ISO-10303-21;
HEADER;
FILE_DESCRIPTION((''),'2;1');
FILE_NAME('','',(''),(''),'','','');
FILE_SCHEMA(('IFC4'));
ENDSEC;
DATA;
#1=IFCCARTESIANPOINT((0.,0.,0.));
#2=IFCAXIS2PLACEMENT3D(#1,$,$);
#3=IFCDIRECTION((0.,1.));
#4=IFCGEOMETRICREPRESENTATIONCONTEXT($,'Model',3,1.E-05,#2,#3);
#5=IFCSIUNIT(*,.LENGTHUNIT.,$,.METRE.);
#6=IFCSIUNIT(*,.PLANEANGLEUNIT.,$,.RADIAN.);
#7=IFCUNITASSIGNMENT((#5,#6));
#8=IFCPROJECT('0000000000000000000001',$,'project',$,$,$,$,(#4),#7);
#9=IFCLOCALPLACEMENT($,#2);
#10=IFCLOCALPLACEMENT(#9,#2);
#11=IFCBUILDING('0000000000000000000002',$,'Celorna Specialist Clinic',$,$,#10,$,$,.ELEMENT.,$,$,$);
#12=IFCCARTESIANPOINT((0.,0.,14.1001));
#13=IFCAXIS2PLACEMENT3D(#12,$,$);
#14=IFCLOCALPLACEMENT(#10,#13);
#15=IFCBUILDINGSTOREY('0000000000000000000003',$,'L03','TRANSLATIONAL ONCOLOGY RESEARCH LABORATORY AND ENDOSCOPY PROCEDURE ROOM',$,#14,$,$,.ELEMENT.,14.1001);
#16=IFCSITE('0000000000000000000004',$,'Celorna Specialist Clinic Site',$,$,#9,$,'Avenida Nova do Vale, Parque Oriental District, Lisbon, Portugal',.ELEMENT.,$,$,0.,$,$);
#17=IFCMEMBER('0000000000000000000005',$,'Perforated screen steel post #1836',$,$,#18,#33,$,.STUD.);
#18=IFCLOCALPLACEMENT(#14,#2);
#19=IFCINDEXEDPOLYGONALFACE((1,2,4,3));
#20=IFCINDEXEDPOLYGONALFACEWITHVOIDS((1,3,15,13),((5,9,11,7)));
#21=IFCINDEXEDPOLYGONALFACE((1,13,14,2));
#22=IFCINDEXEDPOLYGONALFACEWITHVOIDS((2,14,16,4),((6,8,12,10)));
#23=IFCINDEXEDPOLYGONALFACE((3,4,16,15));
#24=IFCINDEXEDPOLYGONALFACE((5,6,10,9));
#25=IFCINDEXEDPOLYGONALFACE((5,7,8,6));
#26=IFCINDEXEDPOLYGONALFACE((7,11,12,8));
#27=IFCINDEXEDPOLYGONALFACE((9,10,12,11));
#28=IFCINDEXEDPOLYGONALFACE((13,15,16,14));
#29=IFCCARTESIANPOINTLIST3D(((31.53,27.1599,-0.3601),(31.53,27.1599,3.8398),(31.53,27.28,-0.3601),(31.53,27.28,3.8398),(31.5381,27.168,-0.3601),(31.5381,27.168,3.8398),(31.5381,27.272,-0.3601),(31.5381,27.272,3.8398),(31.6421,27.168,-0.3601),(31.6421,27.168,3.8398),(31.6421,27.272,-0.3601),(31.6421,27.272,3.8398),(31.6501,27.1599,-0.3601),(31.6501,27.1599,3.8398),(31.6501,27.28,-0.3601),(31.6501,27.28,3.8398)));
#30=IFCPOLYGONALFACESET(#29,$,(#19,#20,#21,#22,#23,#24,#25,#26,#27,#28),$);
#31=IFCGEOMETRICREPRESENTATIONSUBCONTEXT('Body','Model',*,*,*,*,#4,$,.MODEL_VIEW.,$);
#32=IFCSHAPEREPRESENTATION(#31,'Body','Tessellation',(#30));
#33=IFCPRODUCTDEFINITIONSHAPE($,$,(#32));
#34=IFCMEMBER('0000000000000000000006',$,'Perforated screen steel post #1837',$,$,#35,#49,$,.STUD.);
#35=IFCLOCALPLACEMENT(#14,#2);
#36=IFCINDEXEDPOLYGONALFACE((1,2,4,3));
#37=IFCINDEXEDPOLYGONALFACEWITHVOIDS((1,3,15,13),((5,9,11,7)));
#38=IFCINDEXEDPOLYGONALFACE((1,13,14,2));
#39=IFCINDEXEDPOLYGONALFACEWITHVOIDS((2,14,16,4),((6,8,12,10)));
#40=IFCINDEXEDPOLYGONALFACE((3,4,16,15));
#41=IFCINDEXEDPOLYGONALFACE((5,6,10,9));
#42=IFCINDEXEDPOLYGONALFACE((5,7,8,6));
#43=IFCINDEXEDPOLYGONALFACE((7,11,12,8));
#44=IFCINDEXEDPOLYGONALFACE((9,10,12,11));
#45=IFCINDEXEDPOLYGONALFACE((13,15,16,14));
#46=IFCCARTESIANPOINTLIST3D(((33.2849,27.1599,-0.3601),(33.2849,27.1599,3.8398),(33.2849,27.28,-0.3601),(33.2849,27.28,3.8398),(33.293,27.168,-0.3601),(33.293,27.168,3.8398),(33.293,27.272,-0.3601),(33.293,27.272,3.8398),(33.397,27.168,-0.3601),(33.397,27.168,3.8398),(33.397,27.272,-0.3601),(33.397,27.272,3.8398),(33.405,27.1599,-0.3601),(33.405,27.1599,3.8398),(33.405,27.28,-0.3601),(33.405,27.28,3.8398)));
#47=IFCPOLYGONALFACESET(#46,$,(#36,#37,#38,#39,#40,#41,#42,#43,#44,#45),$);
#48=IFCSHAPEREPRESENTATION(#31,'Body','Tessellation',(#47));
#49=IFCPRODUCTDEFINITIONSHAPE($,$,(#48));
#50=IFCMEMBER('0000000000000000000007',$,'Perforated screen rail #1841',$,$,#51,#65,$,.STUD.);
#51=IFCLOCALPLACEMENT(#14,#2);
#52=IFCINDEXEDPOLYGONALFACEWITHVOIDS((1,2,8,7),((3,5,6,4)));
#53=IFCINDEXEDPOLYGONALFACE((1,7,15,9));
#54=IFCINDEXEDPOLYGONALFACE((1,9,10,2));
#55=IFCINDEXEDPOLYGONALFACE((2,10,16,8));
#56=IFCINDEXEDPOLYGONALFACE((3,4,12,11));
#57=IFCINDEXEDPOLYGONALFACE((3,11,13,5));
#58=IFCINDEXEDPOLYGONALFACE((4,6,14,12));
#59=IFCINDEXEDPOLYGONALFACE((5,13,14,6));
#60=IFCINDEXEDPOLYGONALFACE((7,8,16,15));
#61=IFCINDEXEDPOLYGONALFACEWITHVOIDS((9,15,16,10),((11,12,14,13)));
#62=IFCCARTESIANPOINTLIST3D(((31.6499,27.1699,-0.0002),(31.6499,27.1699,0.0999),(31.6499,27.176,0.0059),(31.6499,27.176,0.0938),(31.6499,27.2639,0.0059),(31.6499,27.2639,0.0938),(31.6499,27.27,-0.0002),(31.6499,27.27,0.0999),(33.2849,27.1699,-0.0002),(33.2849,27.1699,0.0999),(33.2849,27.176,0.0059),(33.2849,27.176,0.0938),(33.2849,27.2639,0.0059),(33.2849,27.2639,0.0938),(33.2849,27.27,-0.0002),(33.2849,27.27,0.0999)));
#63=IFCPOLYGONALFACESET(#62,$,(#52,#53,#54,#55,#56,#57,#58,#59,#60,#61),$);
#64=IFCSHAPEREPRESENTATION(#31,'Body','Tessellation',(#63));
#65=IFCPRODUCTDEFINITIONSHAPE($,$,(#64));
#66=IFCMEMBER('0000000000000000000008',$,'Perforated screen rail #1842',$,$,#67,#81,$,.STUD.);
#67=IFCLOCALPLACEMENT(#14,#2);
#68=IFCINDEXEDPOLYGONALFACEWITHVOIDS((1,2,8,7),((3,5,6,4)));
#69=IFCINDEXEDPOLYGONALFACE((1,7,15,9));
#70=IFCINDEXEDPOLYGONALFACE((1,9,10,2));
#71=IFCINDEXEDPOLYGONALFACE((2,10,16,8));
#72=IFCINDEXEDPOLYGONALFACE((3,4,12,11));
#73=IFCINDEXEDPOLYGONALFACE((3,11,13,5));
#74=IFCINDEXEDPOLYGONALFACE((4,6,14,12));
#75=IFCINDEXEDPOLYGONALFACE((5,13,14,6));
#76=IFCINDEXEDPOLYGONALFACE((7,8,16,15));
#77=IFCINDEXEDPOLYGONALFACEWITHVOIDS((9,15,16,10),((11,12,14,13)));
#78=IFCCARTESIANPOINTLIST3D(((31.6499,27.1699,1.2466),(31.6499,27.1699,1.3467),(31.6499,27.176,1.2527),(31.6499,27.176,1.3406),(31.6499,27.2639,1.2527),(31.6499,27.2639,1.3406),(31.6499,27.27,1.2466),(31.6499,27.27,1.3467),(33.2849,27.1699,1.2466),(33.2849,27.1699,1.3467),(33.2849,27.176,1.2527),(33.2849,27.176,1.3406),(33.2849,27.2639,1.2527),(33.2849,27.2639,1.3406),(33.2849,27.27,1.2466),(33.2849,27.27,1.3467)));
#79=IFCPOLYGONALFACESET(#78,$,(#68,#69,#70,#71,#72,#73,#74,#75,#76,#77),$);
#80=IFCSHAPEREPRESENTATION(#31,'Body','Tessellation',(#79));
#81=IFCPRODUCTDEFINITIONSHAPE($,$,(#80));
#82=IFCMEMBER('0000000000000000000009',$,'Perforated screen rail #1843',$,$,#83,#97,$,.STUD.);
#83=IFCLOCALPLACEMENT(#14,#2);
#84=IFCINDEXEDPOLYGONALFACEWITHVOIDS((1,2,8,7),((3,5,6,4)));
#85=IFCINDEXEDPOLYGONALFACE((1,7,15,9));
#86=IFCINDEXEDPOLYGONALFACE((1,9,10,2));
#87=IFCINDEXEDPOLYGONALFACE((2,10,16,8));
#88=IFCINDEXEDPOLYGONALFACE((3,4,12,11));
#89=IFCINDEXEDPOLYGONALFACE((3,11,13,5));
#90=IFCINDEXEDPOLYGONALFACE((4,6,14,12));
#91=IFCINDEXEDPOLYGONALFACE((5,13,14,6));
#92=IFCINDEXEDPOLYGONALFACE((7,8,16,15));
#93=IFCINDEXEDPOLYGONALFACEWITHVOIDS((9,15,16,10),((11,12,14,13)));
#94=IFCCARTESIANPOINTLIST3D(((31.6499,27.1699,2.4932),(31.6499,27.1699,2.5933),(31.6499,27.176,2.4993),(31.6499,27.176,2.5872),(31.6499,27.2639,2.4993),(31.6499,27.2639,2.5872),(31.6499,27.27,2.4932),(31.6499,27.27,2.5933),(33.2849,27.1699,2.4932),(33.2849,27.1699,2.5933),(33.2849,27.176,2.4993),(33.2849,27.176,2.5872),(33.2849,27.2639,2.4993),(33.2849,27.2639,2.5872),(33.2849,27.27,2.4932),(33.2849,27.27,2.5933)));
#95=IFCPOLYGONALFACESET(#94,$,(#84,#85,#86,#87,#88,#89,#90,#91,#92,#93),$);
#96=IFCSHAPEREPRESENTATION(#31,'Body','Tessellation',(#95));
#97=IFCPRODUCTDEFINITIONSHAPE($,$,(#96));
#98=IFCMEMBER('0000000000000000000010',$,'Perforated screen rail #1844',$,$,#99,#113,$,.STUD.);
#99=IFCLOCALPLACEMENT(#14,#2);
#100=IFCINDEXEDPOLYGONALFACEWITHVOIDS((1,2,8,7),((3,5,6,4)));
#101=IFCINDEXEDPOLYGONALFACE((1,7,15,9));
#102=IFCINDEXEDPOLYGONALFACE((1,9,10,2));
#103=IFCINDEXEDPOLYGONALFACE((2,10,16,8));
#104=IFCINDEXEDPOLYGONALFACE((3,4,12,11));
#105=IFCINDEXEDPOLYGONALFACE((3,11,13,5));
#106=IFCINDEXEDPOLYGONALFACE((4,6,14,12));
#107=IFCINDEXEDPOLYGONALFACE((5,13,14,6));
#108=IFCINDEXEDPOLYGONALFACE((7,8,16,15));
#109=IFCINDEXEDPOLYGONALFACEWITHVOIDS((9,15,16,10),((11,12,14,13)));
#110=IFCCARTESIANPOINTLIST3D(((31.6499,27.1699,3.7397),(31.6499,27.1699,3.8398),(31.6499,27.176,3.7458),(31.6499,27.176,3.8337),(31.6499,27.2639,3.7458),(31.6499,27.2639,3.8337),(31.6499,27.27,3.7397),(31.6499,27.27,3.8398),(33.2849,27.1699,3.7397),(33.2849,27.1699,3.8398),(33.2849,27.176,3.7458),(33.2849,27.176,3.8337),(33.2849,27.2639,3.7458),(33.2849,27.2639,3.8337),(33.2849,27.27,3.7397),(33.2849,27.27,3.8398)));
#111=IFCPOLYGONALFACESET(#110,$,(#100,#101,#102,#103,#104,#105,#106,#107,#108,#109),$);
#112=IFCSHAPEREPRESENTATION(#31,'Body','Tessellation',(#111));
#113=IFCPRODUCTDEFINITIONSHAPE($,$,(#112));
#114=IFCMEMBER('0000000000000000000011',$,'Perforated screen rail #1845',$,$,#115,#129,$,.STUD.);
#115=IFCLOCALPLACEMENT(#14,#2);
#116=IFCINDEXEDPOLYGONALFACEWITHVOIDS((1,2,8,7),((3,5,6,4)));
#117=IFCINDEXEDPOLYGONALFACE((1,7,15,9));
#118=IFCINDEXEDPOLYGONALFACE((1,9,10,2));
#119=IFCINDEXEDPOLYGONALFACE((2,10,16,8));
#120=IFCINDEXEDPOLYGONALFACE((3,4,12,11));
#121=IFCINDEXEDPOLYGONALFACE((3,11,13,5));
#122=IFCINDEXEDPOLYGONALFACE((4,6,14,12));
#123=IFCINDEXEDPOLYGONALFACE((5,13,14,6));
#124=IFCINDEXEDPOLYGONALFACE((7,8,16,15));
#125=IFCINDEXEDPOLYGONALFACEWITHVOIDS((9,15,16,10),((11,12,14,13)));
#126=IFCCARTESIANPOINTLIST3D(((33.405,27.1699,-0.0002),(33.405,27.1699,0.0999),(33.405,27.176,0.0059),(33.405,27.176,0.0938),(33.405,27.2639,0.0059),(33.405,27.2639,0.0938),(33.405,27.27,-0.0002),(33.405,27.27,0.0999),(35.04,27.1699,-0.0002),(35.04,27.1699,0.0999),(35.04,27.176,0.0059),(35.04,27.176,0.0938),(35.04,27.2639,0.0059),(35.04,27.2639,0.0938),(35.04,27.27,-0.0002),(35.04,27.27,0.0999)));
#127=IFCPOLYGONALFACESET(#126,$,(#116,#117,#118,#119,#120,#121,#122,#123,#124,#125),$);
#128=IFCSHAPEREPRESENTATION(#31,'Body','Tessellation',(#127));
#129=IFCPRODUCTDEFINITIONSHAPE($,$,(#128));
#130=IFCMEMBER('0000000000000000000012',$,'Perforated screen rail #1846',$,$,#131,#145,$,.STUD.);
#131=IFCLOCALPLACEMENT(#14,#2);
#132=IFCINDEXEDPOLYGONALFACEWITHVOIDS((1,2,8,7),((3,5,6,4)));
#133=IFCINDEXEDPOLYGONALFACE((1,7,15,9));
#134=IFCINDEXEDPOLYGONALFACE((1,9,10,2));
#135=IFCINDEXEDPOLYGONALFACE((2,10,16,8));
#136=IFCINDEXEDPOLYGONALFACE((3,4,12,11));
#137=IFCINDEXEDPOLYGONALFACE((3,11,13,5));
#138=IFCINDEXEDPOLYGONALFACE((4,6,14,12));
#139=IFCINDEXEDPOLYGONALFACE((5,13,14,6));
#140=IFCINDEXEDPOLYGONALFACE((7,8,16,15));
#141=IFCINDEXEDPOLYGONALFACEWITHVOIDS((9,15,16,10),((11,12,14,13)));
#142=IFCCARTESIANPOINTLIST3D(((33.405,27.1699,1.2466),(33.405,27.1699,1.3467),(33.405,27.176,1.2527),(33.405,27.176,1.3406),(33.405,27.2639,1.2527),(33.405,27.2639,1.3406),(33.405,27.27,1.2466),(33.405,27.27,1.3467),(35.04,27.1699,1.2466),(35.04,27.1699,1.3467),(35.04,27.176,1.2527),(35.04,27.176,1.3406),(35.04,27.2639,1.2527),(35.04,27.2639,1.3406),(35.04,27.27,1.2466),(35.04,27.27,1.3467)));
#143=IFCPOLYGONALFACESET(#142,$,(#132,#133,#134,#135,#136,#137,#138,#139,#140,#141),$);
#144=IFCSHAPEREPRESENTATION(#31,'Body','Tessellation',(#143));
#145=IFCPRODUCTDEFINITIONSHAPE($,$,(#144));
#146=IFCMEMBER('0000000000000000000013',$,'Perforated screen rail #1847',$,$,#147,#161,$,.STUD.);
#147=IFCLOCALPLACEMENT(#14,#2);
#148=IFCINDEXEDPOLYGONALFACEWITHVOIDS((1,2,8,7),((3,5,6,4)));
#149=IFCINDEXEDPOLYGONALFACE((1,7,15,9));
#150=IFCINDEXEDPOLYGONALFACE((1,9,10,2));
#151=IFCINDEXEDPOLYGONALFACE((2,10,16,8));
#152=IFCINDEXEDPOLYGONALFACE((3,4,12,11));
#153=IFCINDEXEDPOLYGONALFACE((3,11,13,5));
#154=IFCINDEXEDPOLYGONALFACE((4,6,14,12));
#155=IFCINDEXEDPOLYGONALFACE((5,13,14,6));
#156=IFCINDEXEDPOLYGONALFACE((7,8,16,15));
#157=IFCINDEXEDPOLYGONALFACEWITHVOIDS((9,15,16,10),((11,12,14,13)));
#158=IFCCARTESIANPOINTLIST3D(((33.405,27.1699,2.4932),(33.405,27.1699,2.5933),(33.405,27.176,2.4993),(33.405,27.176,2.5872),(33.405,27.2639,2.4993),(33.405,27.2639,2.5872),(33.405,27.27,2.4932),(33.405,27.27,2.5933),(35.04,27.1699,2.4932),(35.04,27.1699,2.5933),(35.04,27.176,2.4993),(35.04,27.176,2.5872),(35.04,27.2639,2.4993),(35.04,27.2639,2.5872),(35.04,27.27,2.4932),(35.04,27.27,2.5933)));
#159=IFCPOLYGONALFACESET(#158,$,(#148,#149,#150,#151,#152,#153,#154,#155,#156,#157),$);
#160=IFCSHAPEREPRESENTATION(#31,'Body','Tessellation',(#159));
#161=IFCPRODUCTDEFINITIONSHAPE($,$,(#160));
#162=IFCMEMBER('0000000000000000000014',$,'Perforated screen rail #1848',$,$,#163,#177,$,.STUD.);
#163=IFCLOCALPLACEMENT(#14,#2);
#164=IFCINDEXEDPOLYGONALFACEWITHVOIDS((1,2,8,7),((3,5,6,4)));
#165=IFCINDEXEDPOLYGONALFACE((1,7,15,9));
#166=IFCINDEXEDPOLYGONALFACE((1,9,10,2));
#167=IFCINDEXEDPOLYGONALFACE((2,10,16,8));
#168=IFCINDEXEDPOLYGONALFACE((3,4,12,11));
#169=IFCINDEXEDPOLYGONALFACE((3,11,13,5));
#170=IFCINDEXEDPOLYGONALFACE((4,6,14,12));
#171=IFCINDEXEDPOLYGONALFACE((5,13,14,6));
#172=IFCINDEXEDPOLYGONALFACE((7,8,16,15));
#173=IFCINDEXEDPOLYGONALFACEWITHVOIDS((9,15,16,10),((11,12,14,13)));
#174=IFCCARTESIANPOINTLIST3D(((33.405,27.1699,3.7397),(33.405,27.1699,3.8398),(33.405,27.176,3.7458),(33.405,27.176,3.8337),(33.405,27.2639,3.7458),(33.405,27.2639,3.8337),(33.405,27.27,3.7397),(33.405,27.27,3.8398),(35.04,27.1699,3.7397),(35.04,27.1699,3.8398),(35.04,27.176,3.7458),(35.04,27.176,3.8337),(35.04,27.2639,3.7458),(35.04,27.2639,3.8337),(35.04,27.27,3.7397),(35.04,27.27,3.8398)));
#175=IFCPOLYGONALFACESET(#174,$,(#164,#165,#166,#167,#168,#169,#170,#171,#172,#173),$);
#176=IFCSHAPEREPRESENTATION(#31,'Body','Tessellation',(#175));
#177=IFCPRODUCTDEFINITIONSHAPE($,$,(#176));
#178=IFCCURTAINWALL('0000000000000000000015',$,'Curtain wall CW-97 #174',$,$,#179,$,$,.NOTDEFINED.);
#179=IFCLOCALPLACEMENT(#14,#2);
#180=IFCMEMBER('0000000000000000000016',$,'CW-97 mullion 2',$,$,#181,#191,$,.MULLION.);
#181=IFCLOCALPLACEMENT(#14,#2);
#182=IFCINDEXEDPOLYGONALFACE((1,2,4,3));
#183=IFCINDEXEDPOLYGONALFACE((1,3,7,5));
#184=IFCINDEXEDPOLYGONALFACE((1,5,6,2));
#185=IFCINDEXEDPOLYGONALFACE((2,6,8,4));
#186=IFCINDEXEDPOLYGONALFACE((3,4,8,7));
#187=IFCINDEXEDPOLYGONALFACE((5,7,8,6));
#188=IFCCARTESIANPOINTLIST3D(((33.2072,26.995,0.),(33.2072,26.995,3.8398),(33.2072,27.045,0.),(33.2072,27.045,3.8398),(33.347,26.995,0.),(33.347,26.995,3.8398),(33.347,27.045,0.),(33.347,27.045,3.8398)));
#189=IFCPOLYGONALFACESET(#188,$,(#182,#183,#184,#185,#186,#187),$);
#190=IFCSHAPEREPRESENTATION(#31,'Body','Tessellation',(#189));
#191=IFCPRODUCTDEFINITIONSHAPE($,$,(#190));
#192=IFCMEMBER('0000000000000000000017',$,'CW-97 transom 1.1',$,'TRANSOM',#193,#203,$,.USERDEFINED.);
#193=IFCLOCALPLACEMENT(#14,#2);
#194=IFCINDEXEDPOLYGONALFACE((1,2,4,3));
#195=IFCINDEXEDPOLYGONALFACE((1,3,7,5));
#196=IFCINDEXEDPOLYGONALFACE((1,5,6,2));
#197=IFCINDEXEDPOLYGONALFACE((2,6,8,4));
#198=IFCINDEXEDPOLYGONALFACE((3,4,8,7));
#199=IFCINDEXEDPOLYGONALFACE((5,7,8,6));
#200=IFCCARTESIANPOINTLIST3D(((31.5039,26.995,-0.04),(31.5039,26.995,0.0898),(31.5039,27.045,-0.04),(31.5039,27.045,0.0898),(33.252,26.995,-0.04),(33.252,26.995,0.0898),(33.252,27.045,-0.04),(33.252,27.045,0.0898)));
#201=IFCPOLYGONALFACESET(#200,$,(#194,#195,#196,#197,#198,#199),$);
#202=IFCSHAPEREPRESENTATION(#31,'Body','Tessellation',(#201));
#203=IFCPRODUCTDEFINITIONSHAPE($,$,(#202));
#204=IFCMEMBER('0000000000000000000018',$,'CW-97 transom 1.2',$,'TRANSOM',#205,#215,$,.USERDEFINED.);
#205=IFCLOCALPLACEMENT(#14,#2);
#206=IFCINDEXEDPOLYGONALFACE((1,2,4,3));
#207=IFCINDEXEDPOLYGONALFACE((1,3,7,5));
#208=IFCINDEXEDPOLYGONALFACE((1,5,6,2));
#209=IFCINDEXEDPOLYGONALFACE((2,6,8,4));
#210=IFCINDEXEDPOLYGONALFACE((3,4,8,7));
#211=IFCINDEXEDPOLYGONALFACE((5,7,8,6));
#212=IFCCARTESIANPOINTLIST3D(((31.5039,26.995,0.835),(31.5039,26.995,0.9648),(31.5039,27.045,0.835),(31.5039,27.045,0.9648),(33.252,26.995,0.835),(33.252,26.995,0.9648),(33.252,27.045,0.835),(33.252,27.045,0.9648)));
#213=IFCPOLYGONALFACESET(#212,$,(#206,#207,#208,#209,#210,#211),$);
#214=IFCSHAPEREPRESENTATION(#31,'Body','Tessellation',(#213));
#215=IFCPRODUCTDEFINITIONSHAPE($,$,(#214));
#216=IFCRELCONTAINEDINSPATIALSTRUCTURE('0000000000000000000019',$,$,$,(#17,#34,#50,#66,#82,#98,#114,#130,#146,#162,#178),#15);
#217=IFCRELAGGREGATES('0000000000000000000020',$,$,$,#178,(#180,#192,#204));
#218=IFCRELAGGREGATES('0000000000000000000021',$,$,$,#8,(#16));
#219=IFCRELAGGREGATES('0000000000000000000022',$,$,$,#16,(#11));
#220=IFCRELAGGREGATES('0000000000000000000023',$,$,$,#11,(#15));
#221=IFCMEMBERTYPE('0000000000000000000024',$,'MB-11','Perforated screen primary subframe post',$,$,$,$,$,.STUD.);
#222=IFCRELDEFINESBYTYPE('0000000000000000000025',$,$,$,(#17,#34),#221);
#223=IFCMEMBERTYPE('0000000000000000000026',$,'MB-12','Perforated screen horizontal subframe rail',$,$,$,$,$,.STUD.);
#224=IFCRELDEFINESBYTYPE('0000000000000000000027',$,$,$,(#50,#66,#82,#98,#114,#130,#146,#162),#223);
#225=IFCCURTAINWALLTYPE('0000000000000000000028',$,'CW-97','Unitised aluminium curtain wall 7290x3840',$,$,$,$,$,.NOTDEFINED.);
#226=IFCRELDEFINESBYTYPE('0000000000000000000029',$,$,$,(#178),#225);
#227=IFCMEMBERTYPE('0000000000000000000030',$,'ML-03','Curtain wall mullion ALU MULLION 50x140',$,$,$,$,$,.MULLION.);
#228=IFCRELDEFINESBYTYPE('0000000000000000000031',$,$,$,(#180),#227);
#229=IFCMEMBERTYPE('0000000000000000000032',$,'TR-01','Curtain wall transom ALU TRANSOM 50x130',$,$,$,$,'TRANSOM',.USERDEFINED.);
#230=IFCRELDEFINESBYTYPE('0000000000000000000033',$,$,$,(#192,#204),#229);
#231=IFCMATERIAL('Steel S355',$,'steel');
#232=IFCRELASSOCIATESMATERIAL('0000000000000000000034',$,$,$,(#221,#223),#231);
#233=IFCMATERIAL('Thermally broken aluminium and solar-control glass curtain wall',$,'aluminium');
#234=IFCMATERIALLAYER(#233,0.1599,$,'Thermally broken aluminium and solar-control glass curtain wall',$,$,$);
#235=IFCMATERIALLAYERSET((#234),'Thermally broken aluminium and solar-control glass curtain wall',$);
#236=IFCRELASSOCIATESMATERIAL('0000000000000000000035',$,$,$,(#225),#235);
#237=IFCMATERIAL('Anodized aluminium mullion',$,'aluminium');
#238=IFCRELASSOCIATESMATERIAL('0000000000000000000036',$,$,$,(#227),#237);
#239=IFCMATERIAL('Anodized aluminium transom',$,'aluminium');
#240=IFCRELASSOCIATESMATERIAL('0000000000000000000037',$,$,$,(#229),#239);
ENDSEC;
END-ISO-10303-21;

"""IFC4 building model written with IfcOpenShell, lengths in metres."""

from ifc_helpers import new_model, si_unit, direction, frame, origin, origin_2d, place, context, subcontext, project, spatial, rectangle, hollow_rectangle, extrude, material, layer, layer_set, material_profile, profile_set, type_object, element, aggregate, save


model = new_model("IFC4")

# Units and contexts
model_context = context("Model", 3, precision=1e-05, world=origin(), true_north=direction((0.0, 1.0)))
body_context = subcontext(model_context, "Body", "Model", "MODEL_VIEW")
ifc_project = project(units=[si_unit("LENGTHUNIT", "METRE"), si_unit("PLANEANGLEUNIT", "RADIAN")], contexts=[model_context])

# Site, building, storey
site_placement = place(None, origin())
site = spatial("IfcSite", under=ifc_project, at=site_placement, Name="Celorna Specialist Clinic Site", LongName="Avenida Nova do Vale, Parque Oriental District, Lisbon, Portugal", CompositionType="ELEMENT", RefElevation=0.0)
building_placement = place(site_placement, origin())
building = spatial("IfcBuilding", under=site, at=building_placement, Name="Celorna Specialist Clinic", CompositionType="ELEMENT")
storey_placement = place(building_placement, frame((0.0, 0.0, 14.1001)))
storey = spatial("IfcBuildingStorey", under=building, at=storey_placement, Name="L03", Description="TRANSLATIONAL ONCOLOGY RESEARCH LABORATORY AND ENDOSCOPY PROCEDURE ROOM", CompositionType="ELEMENT", Elevation=14.1001)

# Members
ifc_material_1 = material(Name="Steel S355", Category="steel")
ifc_material_profile_1 = material_profile(ifc_material_1, hollow_rectangle(XDim=0.1201, YDim=0.1201, WallThickness=0.0081, at=origin_2d()), Name="SHS 120x120x8")
ifc_profile_set_1 = profile_set([ifc_material_profile_1], Name="Steel S355")
member_type_1 = type_object("IfcMemberType", Name="MB-11", Description="Perforated screen primary subframe post", PredefinedType="STUD", material=ifc_profile_set_1)
for number, where, z_axis, x_axis, name in (
    (1, (31.5901, 27.22, -0.3601), (0.0, 0.0, 1.0), (1.0, 0.0, 0.0), "Perforated screen steel post #1836"),
    (2, (33.345, 27.22, -0.3601), (0.0, 0.0, 1.0), (1.0, 0.0, 0.0), "Perforated screen steel post #1837"),
):
    element("IfcMember", number, at=place(storey_placement, frame(where, z_axis=z_axis, x_axis=x_axis)), inside=storey, type_object=member_type_1, Name=name, PredefinedType="STUD", context=body_context, shape_type="SweptSolid", body=[
        extrude(hollow_rectangle(XDim=0.1201, YDim=0.1201, WallThickness=0.0081, at=origin_2d()), origin(), (0.0, 0.0, 1.0), 4.2),
    ])
ifc_material_profile_2 = material_profile(ifc_material_1, hollow_rectangle(XDim=0.1001, YDim=0.1001, WallThickness=0.0061, at=origin_2d()), Name="SHS 100x100x6")
ifc_profile_set_2 = profile_set([ifc_material_profile_2], Name="Steel S355")
member_type_2 = type_object("IfcMemberType", Name="MB-12", Description="Perforated screen horizontal subframe rail", PredefinedType="STUD", material=ifc_profile_set_2)
for number, where, z_axis, x_axis, name in (
    (3, (31.6499, 27.22, 0.0498), (1.0, 0.0, 0.0), (0.0, 1.0, 0.0), "Perforated screen rail #1841"),
    (4, (31.6499, 27.22, 1.2966), (1.0, 0.0, 0.0), (0.0, 1.0, 0.0), "Perforated screen rail #1842"),
    (5, (31.6499, 27.22, 2.5432), (1.0, 0.0, 0.0), (0.0, 1.0, 0.0), "Perforated screen rail #1843"),
    (6, (31.6499, 27.22, 3.7898), (1.0, 0.0, 0.0), (0.0, 1.0, 0.0), "Perforated screen rail #1844"),
    (7, (33.405, 27.22, 0.0498), (1.0, 0.0, 0.0), (0.0, 1.0, 0.0), "Perforated screen rail #1845"),
    (8, (33.405, 27.22, 1.2966), (1.0, 0.0, 0.0), (0.0, 1.0, 0.0), "Perforated screen rail #1846"),
    (9, (33.405, 27.22, 2.5432), (1.0, 0.0, 0.0), (0.0, 1.0, 0.0), "Perforated screen rail #1847"),
    (10, (33.405, 27.22, 3.7898), (1.0, 0.0, 0.0), (0.0, 1.0, 0.0), "Perforated screen rail #1848"),
):
    element("IfcMember", number, at=place(storey_placement, frame(where, z_axis=z_axis, x_axis=x_axis)), inside=storey, type_object=member_type_2, Name=name, PredefinedType="STUD", context=body_context, shape_type="SweptSolid", body=[
        extrude(hollow_rectangle(XDim=0.1001, YDim=0.1001, WallThickness=0.0061, at=origin_2d()), origin(), (0.0, 0.0, 1.0), 1.635),
    ])

# Curtain wall, members
ifc_material_2 = material(Name="Thermally broken aluminium and solar-control glass curtain wall", Category="aluminium")
ifc_layer_1 = layer(ifc_material_2, 0.1599, Name="Thermally broken aluminium and solar-control glass curtain wall")
ifc_layer_set_1 = layer_set([ifc_layer_1], Name="Thermally broken aluminium and solar-control glass curtain wall")
curtain_wall_type = type_object("IfcCurtainWallType", Name="CW-97", Description="Unitised aluminium curtain wall 7290x3840", PredefinedType="NOTDEFINED", material=ifc_layer_set_1)
curtain_wall_placement = place(storey_placement, origin())
curtain_wall = element("IfcCurtainWall", 11, at=curtain_wall_placement, inside=storey, type_object=curtain_wall_type, Name="Curtain wall CW-97 #174", PredefinedType="NOTDEFINED")
ifc_material_3 = material(Name="Anodized aluminium mullion", Category="aluminium")
ifc_material_profile_3 = material_profile(ifc_material_3, rectangle(XDim=0.05, YDim=0.1399, at=origin_2d()), Name="ALU MULLION 50x140")
ifc_profile_set_3 = profile_set([ifc_material_profile_3], Name="Anodized aluminium mullion")
member_type_3 = type_object("IfcMemberType", Name="ML-03", Description="Curtain wall mullion ALU MULLION 50x140", PredefinedType="MULLION", material=ifc_profile_set_3)
member_1_placement = place(storey_placement, frame((33.2771, 27.02, 0.0), z_axis=(0.0, 0.0, 1.0), x_axis=(0.0, 1.0, 0.0)))
member_1 = element("IfcMember", 12, at=member_1_placement, type_object=member_type_3, Name="CW-97 mullion 2", PredefinedType="MULLION", context=body_context, shape_type="SweptSolid", body=[
    extrude(rectangle(XDim=0.05, YDim=0.1399, at=origin_2d()), origin(), (0.0, 0.0, 1.0), 3.8398),
])
ifc_material_4 = material(Name="Anodized aluminium transom", Category="aluminium")
ifc_material_profile_4 = material_profile(ifc_material_4, rectangle(XDim=0.05, YDim=0.1299, at=origin_2d()), Name="ALU TRANSOM 50x130")
ifc_profile_set_4 = profile_set([ifc_material_profile_4], Name="Anodized aluminium transom")
member_type_4 = type_object("IfcMemberType", Name="TR-01", Description="Curtain wall transom ALU TRANSOM 50x130", ElementType="TRANSOM", PredefinedType="USERDEFINED", material=ifc_profile_set_4)
member_2_placement = place(storey_placement, frame((31.5039, 27.02, 0.0249), z_axis=(1.0, 0.0, 0.0), x_axis=(0.0, 1.0, 0.0)))
member_2 = element("IfcMember", 13, at=member_2_placement, type_object=member_type_4, Name="CW-97 transom 1.1", ObjectType="TRANSOM", PredefinedType="USERDEFINED", context=body_context, shape_type="SweptSolid", body=[
    extrude(rectangle(XDim=0.05, YDim=0.1299, at=origin_2d()), origin(), (0.0, 0.0, 1.0), 1.748),
])
member_3_placement = place(storey_placement, frame((31.5039, 27.02, 0.8999), z_axis=(1.0, 0.0, 0.0), x_axis=(0.0, 1.0, 0.0)))
member_3 = element("IfcMember", 14, at=member_3_placement, type_object=member_type_4, Name="CW-97 transom 1.2", ObjectType="TRANSOM", PredefinedType="USERDEFINED", context=body_context, shape_type="SweptSolid", body=[
    extrude(rectangle(XDim=0.05, YDim=0.1299, at=origin_2d()), origin(), (0.0, 0.0, 1.0), 1.748),
])
aggregate(curtain_wall, [member_1, member_2, member_3])

save(model, "model.ifc")
